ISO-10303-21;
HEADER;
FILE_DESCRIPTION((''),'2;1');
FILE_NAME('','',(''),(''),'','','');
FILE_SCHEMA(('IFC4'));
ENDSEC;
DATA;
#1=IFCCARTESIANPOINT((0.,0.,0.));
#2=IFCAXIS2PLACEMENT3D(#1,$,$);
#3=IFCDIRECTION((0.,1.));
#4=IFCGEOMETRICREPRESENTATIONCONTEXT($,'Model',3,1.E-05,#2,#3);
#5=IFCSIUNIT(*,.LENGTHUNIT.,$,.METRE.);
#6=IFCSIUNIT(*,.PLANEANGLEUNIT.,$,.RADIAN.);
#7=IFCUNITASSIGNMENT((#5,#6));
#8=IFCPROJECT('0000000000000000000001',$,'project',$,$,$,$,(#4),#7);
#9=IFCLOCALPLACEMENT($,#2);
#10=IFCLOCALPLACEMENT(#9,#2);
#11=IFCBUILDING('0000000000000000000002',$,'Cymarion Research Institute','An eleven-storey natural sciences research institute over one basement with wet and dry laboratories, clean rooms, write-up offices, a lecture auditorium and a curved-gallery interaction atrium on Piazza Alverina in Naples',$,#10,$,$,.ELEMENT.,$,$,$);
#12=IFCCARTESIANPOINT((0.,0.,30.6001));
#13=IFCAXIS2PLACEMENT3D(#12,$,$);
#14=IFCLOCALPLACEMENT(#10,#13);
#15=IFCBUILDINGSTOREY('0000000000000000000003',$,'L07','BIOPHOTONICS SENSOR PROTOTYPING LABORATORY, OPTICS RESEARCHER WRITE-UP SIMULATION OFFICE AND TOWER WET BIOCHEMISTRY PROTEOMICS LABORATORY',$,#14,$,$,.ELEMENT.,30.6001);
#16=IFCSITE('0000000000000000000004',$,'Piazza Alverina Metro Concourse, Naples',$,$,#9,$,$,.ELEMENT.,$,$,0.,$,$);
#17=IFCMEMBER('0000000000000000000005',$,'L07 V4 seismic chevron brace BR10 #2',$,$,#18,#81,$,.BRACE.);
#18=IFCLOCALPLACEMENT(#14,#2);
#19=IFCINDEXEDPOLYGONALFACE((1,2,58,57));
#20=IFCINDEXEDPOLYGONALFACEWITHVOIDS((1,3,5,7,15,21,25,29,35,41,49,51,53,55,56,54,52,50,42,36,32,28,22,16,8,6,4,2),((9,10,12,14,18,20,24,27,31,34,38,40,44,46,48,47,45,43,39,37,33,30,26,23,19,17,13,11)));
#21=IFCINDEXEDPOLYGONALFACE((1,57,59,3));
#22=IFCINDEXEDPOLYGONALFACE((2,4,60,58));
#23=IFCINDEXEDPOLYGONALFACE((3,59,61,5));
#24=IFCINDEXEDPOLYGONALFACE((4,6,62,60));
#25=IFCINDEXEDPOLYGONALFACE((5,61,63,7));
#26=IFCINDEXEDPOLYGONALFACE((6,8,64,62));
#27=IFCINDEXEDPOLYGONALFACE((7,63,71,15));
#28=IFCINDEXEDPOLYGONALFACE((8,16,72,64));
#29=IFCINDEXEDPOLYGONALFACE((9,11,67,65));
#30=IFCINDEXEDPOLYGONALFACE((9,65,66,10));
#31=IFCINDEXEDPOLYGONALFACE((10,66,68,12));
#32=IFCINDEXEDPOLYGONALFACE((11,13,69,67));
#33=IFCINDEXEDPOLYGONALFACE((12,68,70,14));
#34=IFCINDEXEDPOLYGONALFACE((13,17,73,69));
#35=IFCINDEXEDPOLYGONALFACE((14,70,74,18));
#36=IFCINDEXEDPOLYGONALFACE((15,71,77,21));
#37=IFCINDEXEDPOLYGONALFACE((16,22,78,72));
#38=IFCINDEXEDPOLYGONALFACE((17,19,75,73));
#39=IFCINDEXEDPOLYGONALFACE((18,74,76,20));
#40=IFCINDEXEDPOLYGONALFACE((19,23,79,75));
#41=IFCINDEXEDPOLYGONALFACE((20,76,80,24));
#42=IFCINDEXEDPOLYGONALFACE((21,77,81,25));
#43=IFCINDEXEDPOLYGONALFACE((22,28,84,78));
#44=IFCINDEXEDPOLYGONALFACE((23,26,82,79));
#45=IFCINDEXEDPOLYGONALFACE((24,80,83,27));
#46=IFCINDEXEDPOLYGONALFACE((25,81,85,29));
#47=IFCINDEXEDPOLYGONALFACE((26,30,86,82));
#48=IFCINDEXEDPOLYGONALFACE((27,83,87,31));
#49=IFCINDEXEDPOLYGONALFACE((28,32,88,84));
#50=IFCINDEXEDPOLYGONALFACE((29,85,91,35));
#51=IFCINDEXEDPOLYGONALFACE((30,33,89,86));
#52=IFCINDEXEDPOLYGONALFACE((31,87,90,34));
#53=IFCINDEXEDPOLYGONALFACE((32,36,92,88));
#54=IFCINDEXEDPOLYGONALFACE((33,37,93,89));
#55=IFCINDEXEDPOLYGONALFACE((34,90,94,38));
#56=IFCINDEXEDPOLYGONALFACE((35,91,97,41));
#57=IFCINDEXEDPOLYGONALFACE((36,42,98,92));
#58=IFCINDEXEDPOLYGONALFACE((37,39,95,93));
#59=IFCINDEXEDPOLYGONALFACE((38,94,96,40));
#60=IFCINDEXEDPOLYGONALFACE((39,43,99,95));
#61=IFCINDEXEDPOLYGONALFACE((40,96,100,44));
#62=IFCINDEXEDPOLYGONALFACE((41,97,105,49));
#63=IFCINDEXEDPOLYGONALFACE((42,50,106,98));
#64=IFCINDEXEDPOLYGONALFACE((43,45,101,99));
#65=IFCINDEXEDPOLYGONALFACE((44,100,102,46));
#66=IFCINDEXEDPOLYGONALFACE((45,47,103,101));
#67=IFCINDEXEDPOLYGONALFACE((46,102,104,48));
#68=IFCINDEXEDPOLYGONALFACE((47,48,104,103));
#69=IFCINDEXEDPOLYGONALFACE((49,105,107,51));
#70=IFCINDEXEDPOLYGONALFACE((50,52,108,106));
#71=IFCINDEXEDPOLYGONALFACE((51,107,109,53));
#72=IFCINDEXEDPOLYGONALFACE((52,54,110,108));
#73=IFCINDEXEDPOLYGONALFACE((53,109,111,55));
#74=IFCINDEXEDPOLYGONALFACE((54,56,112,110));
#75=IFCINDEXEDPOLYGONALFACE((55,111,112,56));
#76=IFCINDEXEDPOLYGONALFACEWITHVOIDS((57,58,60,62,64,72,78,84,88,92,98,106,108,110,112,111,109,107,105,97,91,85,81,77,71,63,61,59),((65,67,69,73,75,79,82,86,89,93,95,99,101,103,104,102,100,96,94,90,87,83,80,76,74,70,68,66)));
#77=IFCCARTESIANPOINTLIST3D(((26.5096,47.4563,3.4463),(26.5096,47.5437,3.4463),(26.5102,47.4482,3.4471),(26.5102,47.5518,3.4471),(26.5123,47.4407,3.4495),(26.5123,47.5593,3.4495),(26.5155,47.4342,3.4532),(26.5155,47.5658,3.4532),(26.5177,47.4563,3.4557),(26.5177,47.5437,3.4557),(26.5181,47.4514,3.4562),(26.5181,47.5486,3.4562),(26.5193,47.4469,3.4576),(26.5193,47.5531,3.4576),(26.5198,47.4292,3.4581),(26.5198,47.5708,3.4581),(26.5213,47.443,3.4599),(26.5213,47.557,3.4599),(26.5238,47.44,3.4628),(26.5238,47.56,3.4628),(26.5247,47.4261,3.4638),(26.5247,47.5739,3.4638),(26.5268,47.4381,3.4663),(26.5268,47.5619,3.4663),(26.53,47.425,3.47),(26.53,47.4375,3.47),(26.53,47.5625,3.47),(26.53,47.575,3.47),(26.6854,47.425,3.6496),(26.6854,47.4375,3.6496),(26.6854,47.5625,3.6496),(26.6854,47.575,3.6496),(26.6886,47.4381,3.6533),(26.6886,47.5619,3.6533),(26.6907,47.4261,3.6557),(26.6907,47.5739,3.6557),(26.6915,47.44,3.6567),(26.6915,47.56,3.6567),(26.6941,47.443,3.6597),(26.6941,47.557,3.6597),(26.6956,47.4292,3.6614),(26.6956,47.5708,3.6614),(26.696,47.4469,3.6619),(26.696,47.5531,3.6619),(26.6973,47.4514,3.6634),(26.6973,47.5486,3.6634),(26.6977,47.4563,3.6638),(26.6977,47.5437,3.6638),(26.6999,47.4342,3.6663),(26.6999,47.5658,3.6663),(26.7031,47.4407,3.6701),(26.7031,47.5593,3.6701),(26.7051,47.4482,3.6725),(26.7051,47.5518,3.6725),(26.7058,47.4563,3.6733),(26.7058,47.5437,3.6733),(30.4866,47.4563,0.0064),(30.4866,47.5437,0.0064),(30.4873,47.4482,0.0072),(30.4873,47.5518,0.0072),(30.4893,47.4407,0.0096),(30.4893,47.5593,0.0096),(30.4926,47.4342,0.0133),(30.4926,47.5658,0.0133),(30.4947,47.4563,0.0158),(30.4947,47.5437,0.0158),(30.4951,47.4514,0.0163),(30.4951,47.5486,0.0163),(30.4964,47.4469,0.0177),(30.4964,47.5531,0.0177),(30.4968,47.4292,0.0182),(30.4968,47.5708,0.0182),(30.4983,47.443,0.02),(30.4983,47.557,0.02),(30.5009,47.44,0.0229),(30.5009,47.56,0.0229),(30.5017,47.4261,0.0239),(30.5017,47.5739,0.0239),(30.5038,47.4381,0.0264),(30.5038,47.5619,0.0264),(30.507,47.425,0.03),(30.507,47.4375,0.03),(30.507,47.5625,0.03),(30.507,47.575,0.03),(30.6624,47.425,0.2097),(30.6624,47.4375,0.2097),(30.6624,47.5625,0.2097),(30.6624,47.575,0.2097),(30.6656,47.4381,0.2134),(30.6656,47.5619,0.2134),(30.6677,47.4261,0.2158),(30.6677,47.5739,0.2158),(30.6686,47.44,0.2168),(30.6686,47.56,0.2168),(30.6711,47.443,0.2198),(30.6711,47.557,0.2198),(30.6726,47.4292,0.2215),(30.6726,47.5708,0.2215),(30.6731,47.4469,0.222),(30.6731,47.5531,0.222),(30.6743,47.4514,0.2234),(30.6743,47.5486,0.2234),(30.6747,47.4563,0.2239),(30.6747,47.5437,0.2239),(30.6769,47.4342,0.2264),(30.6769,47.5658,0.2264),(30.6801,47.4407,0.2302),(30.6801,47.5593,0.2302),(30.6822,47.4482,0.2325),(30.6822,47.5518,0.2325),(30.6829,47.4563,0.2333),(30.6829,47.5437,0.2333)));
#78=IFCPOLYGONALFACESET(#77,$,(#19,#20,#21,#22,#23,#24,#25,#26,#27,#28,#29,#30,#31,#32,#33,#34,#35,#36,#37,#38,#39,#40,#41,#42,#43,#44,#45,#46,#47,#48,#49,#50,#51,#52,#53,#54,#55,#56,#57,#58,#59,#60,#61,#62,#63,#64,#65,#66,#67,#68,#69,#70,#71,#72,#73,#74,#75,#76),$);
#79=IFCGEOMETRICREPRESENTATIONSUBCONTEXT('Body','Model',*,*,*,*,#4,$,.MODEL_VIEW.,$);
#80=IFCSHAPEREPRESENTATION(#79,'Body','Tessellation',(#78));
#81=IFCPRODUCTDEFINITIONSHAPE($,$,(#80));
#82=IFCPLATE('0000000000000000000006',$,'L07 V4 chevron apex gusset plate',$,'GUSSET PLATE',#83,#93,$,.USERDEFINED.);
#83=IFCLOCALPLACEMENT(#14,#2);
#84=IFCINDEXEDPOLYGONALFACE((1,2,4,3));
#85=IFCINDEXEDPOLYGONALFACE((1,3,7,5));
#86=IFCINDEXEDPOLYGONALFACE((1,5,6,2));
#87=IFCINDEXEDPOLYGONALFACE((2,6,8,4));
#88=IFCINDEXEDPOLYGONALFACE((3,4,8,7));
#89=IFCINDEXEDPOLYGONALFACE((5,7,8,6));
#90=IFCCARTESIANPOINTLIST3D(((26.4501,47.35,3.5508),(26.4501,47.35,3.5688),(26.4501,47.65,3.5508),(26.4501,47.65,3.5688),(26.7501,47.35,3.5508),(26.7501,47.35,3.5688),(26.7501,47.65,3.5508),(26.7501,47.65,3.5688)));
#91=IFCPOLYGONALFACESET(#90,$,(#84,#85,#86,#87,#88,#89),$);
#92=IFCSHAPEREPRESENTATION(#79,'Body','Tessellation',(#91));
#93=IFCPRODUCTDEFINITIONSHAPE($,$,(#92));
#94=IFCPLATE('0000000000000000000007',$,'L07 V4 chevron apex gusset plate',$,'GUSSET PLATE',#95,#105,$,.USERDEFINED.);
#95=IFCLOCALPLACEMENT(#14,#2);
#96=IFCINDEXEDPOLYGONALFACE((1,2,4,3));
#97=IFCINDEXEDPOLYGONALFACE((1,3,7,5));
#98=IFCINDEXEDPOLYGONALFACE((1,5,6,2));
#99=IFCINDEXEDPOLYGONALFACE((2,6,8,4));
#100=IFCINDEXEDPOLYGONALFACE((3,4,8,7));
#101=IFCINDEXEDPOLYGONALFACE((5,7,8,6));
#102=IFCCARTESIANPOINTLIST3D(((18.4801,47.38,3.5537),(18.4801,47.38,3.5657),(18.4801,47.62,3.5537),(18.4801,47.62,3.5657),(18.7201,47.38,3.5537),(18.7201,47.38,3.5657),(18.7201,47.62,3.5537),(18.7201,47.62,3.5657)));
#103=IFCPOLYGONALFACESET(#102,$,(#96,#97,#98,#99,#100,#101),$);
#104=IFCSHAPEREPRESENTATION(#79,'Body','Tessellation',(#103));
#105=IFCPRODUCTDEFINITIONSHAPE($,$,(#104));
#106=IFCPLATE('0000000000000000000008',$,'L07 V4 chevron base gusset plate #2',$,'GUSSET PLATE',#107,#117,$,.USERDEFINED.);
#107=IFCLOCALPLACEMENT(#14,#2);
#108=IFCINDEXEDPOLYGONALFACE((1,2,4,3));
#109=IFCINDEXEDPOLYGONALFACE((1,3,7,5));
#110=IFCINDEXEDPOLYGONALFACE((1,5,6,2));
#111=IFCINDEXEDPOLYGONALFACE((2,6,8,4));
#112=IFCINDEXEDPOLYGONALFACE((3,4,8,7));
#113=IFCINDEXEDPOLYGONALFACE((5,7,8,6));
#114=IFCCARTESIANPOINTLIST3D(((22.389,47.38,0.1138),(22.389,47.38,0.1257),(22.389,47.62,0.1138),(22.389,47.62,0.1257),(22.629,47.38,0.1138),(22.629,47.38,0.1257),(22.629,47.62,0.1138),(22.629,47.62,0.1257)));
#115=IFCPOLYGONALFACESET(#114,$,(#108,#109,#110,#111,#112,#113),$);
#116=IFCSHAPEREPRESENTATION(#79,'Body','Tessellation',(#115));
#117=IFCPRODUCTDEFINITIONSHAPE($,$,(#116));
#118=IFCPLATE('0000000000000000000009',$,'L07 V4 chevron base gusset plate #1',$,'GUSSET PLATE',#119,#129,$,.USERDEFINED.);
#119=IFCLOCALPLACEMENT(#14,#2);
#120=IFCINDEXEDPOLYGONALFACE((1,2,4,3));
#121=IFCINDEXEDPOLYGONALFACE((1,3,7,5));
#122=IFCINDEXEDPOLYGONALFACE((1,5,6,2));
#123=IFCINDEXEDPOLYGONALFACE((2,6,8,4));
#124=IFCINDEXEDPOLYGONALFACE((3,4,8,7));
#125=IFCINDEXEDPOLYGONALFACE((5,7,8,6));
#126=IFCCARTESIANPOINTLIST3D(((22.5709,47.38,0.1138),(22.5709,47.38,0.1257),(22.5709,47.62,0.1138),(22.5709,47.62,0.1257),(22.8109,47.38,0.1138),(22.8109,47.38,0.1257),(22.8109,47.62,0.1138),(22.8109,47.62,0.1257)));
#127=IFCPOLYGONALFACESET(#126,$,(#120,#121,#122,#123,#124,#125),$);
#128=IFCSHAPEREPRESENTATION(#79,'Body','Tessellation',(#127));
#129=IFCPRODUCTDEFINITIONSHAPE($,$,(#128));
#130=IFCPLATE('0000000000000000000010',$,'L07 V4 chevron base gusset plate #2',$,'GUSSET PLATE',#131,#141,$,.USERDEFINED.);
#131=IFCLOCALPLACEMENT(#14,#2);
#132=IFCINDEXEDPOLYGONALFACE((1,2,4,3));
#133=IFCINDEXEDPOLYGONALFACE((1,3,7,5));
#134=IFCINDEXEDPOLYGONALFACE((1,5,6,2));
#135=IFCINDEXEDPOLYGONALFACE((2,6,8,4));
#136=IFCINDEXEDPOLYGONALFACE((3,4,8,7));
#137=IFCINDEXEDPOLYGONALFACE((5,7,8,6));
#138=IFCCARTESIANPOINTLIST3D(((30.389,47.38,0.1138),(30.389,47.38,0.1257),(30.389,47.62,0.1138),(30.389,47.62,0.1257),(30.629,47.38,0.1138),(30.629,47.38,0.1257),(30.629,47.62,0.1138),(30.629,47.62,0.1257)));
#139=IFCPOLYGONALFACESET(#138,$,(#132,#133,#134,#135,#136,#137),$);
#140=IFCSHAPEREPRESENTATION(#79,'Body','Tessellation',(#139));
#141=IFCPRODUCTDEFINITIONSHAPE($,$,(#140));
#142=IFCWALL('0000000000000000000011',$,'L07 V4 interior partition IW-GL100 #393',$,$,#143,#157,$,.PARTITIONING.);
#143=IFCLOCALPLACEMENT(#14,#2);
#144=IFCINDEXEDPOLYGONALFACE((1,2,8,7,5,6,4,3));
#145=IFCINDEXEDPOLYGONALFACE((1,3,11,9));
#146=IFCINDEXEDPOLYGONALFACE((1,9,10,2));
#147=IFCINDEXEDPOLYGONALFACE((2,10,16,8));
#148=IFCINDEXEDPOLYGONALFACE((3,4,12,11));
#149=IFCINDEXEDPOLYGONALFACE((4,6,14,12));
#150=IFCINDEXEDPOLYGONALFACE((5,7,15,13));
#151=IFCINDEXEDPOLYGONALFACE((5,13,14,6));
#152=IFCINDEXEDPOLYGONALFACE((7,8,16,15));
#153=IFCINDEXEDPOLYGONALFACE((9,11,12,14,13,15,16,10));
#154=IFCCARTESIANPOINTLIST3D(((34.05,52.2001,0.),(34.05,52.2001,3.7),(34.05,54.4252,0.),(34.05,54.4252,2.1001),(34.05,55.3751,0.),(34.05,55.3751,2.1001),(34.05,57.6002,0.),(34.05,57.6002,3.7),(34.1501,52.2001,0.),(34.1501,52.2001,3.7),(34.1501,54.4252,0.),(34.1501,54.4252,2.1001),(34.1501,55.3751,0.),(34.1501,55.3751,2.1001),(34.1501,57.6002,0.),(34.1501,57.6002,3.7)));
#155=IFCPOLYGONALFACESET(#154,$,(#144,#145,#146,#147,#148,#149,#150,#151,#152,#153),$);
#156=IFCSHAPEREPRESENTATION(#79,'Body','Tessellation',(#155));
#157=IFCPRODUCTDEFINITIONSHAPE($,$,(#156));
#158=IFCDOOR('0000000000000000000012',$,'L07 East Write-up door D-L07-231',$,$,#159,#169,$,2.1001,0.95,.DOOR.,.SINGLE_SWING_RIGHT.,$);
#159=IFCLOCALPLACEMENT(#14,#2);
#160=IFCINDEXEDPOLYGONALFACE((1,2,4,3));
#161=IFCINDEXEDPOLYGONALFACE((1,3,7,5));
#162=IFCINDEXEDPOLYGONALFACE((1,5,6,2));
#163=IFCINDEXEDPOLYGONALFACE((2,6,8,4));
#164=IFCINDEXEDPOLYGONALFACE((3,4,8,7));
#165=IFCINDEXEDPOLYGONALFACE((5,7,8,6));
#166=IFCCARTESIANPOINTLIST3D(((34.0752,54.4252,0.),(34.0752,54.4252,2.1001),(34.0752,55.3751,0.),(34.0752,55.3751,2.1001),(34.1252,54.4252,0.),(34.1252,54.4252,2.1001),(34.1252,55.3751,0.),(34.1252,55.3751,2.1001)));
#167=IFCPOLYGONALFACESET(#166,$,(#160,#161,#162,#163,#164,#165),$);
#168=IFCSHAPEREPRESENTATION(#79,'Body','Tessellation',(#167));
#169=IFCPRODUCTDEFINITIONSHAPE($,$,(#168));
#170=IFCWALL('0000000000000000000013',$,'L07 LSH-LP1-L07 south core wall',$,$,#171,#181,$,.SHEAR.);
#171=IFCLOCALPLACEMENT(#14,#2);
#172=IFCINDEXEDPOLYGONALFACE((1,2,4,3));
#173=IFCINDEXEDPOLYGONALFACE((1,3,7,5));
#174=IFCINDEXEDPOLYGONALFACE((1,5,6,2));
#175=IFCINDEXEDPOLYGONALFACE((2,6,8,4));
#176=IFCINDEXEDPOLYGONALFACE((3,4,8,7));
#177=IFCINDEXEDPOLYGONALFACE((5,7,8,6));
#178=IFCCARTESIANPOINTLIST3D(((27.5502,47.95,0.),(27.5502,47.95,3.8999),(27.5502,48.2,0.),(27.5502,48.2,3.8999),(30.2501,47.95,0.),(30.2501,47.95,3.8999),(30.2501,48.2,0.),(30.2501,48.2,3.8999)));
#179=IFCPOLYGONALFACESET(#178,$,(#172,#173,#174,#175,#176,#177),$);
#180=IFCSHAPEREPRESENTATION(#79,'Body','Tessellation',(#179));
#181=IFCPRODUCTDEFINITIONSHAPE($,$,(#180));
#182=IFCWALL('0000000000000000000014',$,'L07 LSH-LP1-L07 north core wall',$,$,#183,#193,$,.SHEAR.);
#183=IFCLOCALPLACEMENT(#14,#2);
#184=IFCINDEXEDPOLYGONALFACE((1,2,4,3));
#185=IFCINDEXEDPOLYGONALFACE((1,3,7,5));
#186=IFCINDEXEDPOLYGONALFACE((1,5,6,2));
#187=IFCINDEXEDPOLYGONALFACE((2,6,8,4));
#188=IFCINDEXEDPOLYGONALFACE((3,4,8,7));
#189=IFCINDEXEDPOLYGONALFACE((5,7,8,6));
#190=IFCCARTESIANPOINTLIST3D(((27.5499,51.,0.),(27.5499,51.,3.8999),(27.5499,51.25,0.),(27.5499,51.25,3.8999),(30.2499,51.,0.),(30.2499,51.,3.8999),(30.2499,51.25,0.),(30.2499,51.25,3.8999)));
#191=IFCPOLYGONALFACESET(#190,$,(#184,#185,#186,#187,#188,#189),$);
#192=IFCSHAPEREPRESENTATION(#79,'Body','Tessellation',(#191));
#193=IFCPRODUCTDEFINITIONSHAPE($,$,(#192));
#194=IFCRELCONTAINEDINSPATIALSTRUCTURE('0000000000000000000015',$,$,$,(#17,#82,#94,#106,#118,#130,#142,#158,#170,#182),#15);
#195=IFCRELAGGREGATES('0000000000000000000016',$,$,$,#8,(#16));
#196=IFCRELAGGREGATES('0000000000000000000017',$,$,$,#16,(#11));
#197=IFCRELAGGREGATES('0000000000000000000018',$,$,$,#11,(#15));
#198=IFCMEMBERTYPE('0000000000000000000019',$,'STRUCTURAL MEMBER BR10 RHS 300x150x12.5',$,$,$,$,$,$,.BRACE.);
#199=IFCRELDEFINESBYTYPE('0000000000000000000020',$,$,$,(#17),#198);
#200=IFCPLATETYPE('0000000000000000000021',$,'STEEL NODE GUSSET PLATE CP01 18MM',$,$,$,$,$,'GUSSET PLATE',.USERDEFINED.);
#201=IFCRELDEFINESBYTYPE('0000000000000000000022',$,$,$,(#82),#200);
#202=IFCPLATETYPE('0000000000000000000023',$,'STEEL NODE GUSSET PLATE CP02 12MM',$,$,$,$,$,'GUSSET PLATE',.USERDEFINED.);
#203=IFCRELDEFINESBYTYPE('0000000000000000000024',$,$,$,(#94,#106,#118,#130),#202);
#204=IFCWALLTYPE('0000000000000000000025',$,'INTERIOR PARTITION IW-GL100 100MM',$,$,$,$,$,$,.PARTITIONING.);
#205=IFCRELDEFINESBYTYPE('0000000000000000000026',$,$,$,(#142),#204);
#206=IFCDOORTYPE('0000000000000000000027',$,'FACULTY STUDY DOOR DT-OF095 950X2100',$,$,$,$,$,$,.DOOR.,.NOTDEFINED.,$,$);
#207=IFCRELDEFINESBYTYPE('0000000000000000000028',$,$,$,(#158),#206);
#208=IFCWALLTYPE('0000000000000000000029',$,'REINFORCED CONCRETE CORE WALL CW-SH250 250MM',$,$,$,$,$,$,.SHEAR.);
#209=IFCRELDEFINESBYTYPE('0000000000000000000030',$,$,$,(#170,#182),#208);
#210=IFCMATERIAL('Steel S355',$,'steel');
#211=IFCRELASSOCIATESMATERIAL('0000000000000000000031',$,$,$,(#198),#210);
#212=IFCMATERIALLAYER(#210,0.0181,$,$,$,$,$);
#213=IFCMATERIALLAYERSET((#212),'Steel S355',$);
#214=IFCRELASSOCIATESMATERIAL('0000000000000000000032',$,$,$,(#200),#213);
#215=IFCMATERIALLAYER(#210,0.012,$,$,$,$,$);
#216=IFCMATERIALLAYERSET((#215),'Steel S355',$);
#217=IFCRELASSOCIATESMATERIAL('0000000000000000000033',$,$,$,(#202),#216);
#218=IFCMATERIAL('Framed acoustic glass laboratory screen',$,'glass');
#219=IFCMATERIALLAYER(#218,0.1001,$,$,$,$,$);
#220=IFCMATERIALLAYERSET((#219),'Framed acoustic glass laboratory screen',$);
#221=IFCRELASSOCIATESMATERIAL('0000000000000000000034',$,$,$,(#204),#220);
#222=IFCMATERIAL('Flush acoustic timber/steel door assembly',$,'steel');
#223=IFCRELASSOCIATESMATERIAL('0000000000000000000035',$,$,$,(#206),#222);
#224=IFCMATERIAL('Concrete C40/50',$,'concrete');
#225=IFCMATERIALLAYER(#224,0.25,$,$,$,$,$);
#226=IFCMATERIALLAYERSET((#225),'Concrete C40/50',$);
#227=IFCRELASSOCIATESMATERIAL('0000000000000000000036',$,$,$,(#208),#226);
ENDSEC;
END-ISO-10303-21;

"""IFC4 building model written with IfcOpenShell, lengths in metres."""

from ifc_helpers import new_model, si_unit, direction, frame, frame_2d, origin, origin_2d, place, context, subcontext, project, spatial, rectangle, hollow_rectangle, extrude, material, layer, layer_set, material_profile, profile_set, type_object, element, fill, save


model = new_model("IFC4")

# Units and contexts
model_context = context("Model", 3, precision=1e-05, world=origin(), true_north=direction((0.0, 1.0)))
body_context = subcontext(model_context, "Body", "Model", "MODEL_VIEW")
ifc_project = project(units=[si_unit("LENGTHUNIT", "METRE"), si_unit("PLANEANGLEUNIT", "RADIAN")], contexts=[model_context])

# Site, building, storey
site_placement = place(None, origin())
site = spatial("IfcSite", under=ifc_project, at=site_placement, Name="Piazza Alverina Metro Concourse, Naples", CompositionType="ELEMENT", RefElevation=0.0)
building_placement = place(site_placement, origin())
building = spatial("IfcBuilding", under=site, at=building_placement, Name="Cymarion Research Institute", Description="An eleven-storey natural sciences research institute over one basement with wet and dry laboratories, clean rooms, write-up offices, a lecture auditorium and a curved-gallery interaction atrium on Piazza Alverina in Naples", CompositionType="ELEMENT")
storey_placement = place(building_placement, frame((0.0, 0.0, 30.6001)))
storey = spatial("IfcBuildingStorey", under=building, at=storey_placement, Name="L07", Description="BIOPHOTONICS SENSOR PROTOTYPING LABORATORY, OPTICS RESEARCHER WRITE-UP SIMULATION OFFICE AND TOWER WET BIOCHEMISTRY PROTEOMICS LABORATORY", CompositionType="ELEMENT", Elevation=30.6001)

# Shared definitions
ifc_material_1 = material(Name="Steel S355", Category="steel")
ifc_material_2 = material(Name="Concrete C40/50", Category="concrete")

# Member
ifc_material_profile_1 = material_profile(ifc_material_1, hollow_rectangle(XDim=0.1499, YDim=0.3, WallThickness=0.0125, InnerFilletRadius=0.0188, OuterFilletRadius=0.0312, at=origin_2d()), Name="RHS 300x150x12.5")
ifc_profile_set_1 = profile_set([ifc_material_profile_1], Name="Steel S355")
member_type_1 = type_object("IfcMemberType", Name="STRUCTURAL MEMBER BR10 RHS 300x150x12.5", PredefinedType="BRACE", material=ifc_profile_set_1)
for number, where, z_axis, x_axis, name in (
    (1, (30.5847, 47.5, 0.1199), (-0.756332, 0.0, 0.654188), (0.0, -1.0, 0.0), "L07 V4 seismic chevron brace BR10 #2"),
):
    element("IfcMember", number, at=place(storey_placement, frame(where, z_axis=z_axis, x_axis=x_axis)), inside=storey, type_object=member_type_1, Name=name, PredefinedType="BRACE", context=body_context, shape_type="SweptSolid", body=[
        extrude(hollow_rectangle(XDim=0.1499, YDim=0.3, WallThickness=0.0125, InnerFilletRadius=0.0188, OuterFilletRadius=0.0312, at=origin_2d()), origin(), (0.0, 0.0, 1.0), 5.2583),
    ])

# Plates
ifc_layer_1 = layer(ifc_material_1, 0.0181)
ifc_layer_set_1 = layer_set([ifc_layer_1], Name="Steel S355")
plate_type_1 = type_object("IfcPlateType", Name="STEEL NODE GUSSET PLATE CP01 18MM", ElementType="GUSSET PLATE", PredefinedType="USERDEFINED", material=ifc_layer_set_1)
plate_placement = place(storey_placement, frame((26.6001, 47.5, 3.5508), z_axis=(0.0, 0.0, 1.0), x_axis=(1.0, 0.0, 0.0)))
element("IfcPlate", 2, at=plate_placement, inside=storey, type_object=plate_type_1, Name="L07 V4 chevron apex gusset plate", ObjectType="GUSSET PLATE", PredefinedType="USERDEFINED", context=body_context, shape_type="SweptSolid", body=[
    extrude(rectangle(XDim=0.3, YDim=0.3, at=origin_2d()), origin(), (0.0, 0.0, 1.0), 0.0181),
])
ifc_layer_2 = layer(ifc_material_1, 0.012)
ifc_layer_set_2 = layer_set([ifc_layer_2], Name="Steel S355")
plate_type_2 = type_object("IfcPlateType", Name="STEEL NODE GUSSET PLATE CP02 12MM", ElementType="GUSSET PLATE", PredefinedType="USERDEFINED", material=ifc_layer_set_2)
for number, where, z_axis, x_axis, name in (
    (3, (18.6001, 47.5, 3.5537), (0.0, 0.0, 1.0), (1.0, 0.0, 0.0), "L07 V4 chevron apex gusset plate"),
    (4, (22.509, 47.5, 0.1138), (0.0, 0.0, 1.0), (1.0, 0.0, 0.0), "L07 V4 chevron base gusset plate #2"),
    (5, (22.6909, 47.5, 0.1138), (0.0, 0.0, 1.0), (1.0, 0.0, 0.0), "L07 V4 chevron base gusset plate #1"),
    (6, (30.509, 47.5, 0.1138), (0.0, 0.0, 1.0), (1.0, 0.0, 0.0), "L07 V4 chevron base gusset plate #2"),
):
    element("IfcPlate", number, at=place(storey_placement, frame(where, z_axis=z_axis, x_axis=x_axis)), inside=storey, type_object=plate_type_2, Name=name, ObjectType="GUSSET PLATE", PredefinedType="USERDEFINED", context=body_context, shape_type="SweptSolid", body=[
        extrude(rectangle(XDim=0.24, YDim=0.24, at=origin_2d()), origin(), (0.0, 0.0, 1.0), 0.012),
    ])

# Wall, opening, door
ifc_material_3 = material(Name="Framed acoustic glass laboratory screen", Category="glass")
ifc_layer_3 = layer(ifc_material_3, 0.1001)
ifc_layer_set_3 = layer_set([ifc_layer_3], Name="Framed acoustic glass laboratory screen")
wall_type_1 = type_object("IfcWallType", Name="INTERIOR PARTITION IW-GL100 100MM", PredefinedType="PARTITIONING", material=ifc_layer_set_3)
wall_1_placement = place(storey_placement, frame((34.1001, 52.2, 0.0), z_axis=(0.0, 0.0, 1.0), x_axis=(0.0, 1.0, 0.0)))
wall_1 = element("IfcWall", 7, at=wall_1_placement, inside=storey, type_object=wall_type_1, Name="L07 V4 interior partition IW-GL100 #393", PredefinedType="PARTITIONING", context=body_context, shape_type="SweptSolid", body=[
    extrude(rectangle(XDim=5.4001, YDim=0.1001, at=frame_2d((2.7002, 0.0))), origin(), (0.0, 0.0, 1.0), 3.7),
])
opening_1_placement = place(wall_1_placement, frame((2.2251, 0.0, 0.0)))
opening_1 = element("IfcOpeningElement", 8, at=opening_1_placement, cuts=wall_1, PredefinedType="OPENING", context=body_context, shape_type="SweptSolid", body=[
    extrude(rectangle(XDim=0.95, YDim=2.1001, at=frame_2d((0.4751, 1.05))), frame((0.0, 0.0601, 0.0), z_axis=(0.0, -1.0, 0.0), x_axis=(1.0, 0.0, 0.0)), (0.0, 0.0, 1.0), 0.1201),
])
ifc_material_4 = material(Name="Flush acoustic timber/steel door assembly", Category="steel")
door_type_1 = type_object("IfcDoorType", Name="FACULTY STUDY DOOR DT-OF095 950X2100", OperationType="NOTDEFINED", PredefinedType="DOOR", material=ifc_material_4)
door_1_placement = place(opening_1_placement, origin())
door_1 = element("IfcDoor", 9, at=door_1_placement, inside=storey, type_object=door_type_1, Name="L07 East Write-up door D-L07-231", OperationType="SINGLE_SWING_RIGHT", OverallHeight=2.1001, OverallWidth=0.95, PredefinedType="DOOR", context=body_context, shape_type="SweptSolid", body=[
    extrude(rectangle(XDim=0.95, YDim=2.1001, at=frame_2d((0.4751, 1.05))), frame((0.0, 0.0249, 0.0), z_axis=(0.0, -1.0, 0.0), x_axis=(1.0, 0.0, 0.0)), (0.0, 0.0, 1.0), 0.05),
])
fill(opening_1, door_1)

# Walls
ifc_layer_4 = layer(ifc_material_2, 0.25)
ifc_layer_set_4 = layer_set([ifc_layer_4], Name="Concrete C40/50")
wall_type_2 = type_object("IfcWallType", Name="REINFORCED CONCRETE CORE WALL CW-SH250 250MM", PredefinedType="SHEAR", material=ifc_layer_set_4)
for number, where, z_axis, x_axis, name in (
    (10, (27.55, 48.075, 0.0), (0.0, 0.0, 1.0), (1.0, 0.0, 0.0), "L07 LSH-LP1-L07 south core wall"),
    (11, (30.25, 51.125, 0.0), (0.0, 0.0, 1.0), (-1.0, 0.0, 0.0), "L07 LSH-LP1-L07 north core wall"),
):
    element("IfcWall", number, at=place(storey_placement, frame(where, z_axis=z_axis, x_axis=x_axis)), inside=storey, type_object=wall_type_2, Name=name, PredefinedType="SHEAR", context=body_context, shape_type="SweptSolid", body=[
        extrude(rectangle(XDim=2.7, YDim=0.25, at=frame_2d((1.3501, 0.0))), origin(), (0.0, 0.0, 1.0), 3.8999),
    ])

save(model, "model.ifc")
